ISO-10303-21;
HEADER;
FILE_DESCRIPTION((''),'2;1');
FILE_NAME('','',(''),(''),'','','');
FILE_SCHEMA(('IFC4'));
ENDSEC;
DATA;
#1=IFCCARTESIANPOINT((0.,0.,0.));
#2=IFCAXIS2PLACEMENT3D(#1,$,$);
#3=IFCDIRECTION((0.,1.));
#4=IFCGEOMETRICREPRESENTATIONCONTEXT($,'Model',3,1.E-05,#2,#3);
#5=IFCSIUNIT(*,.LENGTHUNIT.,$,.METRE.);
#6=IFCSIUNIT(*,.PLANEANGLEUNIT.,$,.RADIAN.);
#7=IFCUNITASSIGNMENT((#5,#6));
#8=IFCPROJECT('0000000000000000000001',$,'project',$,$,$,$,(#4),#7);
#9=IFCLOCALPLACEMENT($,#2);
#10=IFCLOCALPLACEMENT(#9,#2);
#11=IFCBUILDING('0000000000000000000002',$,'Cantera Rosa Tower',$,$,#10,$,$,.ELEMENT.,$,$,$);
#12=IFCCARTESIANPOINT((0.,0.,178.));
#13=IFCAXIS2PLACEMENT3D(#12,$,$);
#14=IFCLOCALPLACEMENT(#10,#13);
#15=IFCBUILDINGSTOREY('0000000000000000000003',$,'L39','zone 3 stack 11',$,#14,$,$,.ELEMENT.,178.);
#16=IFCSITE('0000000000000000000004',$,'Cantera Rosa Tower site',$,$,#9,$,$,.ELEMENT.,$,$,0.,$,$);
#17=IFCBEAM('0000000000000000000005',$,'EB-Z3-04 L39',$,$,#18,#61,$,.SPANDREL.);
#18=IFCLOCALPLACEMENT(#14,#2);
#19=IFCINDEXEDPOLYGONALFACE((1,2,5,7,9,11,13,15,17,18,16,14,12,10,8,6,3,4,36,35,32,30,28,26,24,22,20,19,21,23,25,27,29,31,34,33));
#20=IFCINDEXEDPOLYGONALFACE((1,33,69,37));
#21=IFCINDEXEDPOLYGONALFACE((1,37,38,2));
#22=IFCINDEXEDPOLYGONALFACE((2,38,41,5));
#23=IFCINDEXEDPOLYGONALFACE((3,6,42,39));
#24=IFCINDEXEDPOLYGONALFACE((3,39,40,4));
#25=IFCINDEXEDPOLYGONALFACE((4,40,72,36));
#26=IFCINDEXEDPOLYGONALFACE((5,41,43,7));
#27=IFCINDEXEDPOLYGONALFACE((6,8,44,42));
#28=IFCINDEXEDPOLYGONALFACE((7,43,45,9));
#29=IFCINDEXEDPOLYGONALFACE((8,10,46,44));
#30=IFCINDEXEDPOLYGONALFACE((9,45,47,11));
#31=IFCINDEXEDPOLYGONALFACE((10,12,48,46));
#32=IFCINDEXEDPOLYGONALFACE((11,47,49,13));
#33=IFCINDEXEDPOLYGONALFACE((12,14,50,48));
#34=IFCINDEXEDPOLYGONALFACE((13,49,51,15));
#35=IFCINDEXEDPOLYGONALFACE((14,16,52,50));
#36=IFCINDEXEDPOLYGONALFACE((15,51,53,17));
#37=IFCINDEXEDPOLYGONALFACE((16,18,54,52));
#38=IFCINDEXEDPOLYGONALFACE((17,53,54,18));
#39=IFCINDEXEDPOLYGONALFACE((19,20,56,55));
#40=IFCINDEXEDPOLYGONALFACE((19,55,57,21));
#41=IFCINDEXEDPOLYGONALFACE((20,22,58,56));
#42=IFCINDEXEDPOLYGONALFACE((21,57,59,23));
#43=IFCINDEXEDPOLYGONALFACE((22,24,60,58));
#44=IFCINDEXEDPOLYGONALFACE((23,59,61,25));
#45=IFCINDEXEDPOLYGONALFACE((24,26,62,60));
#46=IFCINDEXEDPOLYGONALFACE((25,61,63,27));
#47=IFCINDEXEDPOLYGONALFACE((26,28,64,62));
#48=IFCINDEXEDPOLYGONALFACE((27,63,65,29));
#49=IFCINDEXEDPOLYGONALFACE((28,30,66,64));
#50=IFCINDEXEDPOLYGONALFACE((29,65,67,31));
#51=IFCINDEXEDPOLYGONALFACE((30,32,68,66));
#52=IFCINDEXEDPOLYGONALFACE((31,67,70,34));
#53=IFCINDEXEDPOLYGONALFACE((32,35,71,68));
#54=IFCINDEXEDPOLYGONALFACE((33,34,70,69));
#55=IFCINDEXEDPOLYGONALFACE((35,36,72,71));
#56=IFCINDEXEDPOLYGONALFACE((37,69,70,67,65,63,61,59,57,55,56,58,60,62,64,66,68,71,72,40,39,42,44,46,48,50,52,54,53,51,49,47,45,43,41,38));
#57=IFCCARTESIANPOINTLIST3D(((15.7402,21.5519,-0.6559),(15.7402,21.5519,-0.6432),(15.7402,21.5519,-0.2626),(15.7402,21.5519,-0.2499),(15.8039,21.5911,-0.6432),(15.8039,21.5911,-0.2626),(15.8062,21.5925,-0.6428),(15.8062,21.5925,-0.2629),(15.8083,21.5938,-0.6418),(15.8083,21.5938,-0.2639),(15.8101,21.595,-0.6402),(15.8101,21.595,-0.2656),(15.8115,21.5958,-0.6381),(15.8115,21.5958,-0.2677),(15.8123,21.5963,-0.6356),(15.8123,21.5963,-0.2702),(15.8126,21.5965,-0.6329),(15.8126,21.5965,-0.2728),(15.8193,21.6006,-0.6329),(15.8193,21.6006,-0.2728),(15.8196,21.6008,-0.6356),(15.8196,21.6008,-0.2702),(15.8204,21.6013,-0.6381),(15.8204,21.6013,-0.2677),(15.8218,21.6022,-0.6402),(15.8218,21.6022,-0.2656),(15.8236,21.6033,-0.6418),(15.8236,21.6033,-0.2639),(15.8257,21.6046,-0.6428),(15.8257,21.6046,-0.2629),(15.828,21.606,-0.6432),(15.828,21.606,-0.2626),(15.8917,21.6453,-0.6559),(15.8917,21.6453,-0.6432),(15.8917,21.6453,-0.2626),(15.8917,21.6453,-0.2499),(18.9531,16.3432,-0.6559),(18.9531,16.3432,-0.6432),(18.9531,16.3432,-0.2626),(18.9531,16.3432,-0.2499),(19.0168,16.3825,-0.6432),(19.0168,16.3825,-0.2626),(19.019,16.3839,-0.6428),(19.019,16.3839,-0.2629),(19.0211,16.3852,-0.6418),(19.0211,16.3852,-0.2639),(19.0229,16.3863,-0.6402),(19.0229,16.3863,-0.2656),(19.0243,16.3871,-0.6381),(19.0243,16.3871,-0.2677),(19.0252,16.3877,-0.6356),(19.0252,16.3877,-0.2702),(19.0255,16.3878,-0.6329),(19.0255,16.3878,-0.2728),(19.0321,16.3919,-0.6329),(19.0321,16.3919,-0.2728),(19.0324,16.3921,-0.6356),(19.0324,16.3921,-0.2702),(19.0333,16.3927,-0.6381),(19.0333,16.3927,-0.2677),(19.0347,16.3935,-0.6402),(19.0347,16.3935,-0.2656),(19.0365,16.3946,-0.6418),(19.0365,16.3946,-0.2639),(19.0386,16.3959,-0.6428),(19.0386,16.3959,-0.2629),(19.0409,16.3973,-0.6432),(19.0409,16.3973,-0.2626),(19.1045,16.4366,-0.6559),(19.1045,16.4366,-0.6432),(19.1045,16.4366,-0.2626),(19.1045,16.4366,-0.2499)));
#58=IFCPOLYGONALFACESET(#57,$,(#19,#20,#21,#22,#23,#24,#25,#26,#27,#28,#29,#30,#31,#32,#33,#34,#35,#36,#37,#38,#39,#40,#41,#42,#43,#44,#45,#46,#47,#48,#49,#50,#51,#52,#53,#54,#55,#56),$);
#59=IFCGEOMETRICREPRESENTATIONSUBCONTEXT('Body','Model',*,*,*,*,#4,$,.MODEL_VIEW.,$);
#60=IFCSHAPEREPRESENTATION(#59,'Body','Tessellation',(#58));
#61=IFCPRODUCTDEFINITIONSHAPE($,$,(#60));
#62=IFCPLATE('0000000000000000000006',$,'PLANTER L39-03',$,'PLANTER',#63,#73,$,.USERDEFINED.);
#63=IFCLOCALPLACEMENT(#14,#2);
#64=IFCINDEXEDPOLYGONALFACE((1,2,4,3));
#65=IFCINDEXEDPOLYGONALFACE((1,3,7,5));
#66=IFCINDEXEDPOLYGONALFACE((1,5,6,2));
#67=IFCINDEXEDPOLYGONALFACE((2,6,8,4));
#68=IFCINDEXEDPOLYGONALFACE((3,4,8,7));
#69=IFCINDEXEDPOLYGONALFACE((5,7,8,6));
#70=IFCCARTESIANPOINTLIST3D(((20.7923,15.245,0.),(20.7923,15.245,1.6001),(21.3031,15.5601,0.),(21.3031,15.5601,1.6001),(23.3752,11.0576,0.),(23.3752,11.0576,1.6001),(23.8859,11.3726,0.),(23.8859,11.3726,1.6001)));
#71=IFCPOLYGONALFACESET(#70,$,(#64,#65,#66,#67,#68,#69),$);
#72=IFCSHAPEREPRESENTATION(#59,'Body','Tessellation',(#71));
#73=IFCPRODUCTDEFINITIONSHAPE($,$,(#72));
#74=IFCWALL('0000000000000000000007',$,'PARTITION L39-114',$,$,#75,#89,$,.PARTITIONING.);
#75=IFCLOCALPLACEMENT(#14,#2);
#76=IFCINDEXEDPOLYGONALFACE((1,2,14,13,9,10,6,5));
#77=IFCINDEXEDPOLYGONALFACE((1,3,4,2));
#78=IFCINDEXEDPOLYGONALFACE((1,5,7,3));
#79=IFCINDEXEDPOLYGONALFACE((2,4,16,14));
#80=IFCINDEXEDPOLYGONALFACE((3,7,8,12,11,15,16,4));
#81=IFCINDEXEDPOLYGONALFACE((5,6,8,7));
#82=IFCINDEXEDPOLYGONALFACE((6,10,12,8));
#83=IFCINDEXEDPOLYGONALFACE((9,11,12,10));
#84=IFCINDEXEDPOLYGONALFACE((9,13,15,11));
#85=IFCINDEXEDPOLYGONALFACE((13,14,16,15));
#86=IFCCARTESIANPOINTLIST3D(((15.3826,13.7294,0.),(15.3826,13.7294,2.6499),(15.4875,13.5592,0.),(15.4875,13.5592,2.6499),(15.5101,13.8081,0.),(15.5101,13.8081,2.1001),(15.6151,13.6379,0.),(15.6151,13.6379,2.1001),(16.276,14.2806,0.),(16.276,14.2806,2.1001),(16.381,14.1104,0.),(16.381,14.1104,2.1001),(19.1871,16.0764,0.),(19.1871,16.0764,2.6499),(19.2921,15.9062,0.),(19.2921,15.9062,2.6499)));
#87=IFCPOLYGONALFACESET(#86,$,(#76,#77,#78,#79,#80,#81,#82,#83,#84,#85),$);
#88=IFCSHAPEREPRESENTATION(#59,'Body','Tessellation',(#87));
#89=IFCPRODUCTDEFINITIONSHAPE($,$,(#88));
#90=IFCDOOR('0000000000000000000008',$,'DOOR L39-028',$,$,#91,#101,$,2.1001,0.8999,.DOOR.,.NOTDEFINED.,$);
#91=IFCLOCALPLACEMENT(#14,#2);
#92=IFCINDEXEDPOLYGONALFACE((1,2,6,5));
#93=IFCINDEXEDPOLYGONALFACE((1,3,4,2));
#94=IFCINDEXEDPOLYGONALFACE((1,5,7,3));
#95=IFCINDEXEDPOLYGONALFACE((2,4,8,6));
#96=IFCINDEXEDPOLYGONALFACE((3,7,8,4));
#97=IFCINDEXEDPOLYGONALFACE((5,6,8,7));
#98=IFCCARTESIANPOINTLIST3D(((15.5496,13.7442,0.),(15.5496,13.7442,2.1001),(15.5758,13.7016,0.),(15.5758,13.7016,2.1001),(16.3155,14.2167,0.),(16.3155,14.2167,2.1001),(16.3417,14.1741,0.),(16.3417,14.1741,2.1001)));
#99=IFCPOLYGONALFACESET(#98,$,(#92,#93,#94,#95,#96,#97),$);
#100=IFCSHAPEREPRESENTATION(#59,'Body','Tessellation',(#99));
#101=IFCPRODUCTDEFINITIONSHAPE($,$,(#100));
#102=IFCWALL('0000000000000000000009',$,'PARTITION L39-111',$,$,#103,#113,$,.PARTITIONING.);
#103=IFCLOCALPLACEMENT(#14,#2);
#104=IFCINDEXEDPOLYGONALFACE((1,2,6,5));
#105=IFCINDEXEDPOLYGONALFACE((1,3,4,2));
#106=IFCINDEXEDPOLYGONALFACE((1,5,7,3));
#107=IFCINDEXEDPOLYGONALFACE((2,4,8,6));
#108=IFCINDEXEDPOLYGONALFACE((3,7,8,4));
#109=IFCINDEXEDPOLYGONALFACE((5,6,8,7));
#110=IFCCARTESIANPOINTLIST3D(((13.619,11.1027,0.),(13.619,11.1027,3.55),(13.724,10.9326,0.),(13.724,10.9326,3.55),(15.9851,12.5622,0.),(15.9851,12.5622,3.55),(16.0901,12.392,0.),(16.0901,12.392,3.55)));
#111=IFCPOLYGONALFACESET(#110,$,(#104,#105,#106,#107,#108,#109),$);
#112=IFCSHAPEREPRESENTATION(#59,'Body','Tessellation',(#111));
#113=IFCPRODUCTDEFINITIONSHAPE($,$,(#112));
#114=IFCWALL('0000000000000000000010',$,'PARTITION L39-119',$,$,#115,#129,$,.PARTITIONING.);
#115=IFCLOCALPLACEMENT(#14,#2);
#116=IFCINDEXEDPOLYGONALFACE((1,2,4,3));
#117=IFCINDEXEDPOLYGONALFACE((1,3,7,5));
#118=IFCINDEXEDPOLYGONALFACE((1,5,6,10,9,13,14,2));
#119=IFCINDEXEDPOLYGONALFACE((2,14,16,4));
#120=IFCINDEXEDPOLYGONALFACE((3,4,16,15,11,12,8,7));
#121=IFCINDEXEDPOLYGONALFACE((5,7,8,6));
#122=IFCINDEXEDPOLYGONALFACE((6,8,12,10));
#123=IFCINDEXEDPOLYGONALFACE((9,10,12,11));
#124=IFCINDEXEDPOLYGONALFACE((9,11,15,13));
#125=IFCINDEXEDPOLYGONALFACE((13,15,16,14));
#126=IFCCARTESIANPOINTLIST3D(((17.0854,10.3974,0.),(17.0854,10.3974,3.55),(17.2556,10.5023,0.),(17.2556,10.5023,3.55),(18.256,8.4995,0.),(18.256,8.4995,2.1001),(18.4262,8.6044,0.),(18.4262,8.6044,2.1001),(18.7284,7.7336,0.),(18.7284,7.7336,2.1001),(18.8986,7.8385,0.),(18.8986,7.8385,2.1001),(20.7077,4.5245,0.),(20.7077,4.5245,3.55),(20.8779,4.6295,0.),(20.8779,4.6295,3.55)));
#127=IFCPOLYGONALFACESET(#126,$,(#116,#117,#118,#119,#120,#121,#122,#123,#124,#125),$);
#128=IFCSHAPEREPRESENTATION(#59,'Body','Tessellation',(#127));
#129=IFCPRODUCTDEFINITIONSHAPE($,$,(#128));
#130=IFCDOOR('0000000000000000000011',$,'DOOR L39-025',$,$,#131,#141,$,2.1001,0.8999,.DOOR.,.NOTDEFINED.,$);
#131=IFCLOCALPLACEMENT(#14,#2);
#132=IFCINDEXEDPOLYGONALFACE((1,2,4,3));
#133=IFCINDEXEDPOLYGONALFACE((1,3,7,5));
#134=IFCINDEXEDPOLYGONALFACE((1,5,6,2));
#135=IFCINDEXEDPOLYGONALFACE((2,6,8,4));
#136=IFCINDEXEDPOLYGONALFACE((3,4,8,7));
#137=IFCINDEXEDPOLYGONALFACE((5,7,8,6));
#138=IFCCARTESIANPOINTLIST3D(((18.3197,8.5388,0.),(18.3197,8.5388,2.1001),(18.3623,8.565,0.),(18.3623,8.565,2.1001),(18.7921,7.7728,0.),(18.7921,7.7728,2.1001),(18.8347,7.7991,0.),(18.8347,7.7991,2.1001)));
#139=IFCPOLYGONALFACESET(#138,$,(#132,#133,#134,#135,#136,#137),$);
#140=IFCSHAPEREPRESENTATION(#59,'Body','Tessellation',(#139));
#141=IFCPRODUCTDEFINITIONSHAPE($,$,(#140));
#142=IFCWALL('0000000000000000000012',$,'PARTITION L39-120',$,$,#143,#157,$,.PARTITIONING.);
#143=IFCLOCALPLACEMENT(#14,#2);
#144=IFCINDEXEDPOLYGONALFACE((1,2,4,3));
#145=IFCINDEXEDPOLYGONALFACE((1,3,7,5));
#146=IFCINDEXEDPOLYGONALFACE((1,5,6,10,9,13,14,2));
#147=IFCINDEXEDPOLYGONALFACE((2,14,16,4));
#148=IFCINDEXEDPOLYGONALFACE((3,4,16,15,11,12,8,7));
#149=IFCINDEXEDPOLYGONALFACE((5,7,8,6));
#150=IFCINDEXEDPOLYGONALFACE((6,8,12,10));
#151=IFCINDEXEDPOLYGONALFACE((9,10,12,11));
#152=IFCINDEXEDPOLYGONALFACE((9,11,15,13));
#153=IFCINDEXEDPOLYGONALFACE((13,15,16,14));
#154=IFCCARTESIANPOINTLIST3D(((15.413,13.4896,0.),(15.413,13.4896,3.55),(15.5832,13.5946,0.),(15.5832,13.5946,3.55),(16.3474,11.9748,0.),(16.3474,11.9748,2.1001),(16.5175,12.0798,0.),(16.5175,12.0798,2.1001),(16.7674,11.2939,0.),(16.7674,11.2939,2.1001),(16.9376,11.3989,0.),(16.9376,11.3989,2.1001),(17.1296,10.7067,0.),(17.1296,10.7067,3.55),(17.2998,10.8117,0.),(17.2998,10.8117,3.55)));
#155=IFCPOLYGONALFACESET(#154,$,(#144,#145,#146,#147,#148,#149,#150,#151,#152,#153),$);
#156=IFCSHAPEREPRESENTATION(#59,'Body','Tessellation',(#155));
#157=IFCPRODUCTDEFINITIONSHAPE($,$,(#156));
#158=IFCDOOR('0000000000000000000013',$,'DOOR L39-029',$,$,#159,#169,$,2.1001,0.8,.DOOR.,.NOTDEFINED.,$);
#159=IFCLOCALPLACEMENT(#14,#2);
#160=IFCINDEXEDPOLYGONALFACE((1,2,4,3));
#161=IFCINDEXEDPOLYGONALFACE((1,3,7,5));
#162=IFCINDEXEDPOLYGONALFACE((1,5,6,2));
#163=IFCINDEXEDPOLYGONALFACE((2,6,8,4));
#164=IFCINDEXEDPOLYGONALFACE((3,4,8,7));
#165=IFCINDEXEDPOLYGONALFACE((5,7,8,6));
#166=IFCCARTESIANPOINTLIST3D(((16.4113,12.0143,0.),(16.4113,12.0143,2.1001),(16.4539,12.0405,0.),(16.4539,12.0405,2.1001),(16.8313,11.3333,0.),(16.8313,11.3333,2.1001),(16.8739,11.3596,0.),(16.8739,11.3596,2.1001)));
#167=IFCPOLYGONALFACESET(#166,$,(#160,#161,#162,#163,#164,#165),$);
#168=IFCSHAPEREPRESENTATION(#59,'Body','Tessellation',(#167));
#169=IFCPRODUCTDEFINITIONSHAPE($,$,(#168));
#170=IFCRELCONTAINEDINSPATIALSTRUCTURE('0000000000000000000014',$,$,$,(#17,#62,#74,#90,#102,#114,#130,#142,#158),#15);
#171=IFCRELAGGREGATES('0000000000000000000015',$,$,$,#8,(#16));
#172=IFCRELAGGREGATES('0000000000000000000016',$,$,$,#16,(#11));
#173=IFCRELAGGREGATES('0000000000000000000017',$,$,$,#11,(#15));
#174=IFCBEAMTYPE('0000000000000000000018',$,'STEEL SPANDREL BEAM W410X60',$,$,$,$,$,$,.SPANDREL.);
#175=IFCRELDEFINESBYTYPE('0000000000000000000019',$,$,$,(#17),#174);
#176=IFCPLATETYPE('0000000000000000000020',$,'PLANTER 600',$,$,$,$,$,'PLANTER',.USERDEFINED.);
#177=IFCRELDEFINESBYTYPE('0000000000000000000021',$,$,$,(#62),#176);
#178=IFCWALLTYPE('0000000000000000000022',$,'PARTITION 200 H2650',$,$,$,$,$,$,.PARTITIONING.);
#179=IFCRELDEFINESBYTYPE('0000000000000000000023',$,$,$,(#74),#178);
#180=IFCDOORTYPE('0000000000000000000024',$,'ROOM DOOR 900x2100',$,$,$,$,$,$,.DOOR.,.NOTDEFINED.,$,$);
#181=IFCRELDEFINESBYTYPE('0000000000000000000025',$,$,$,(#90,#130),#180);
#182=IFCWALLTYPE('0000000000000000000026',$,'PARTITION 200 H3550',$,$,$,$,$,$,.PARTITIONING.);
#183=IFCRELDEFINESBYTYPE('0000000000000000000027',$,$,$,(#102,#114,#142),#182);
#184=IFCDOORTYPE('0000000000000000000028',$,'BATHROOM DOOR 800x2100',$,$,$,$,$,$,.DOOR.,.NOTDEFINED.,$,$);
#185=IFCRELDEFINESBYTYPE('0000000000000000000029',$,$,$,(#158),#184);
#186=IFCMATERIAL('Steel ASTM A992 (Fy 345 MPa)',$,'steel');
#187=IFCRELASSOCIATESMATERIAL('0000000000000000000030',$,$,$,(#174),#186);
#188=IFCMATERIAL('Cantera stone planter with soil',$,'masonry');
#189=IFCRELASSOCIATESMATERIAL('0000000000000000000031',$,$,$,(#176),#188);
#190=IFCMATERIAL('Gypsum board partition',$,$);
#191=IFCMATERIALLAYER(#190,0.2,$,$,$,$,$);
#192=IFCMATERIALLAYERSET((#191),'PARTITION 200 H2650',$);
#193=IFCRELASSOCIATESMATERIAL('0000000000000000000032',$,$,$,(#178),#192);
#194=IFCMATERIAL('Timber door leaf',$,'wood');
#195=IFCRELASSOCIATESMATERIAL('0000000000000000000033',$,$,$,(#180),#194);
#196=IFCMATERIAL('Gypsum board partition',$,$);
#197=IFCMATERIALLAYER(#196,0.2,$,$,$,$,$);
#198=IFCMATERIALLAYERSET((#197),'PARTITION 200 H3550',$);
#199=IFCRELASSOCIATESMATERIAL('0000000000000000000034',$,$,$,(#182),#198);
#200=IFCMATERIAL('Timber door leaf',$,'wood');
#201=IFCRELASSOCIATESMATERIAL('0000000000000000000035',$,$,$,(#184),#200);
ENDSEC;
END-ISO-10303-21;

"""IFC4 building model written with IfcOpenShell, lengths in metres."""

from ifc_helpers import new_model, si_unit, direction, frame, frame_2d, origin, origin_2d, place, context, subcontext, project, spatial, rectangle, i_section, extrude, material, layer, layer_set, material_profile, profile_set, type_object, element, fill, save


model = new_model("IFC4")

# Units and contexts
model_context = context("Model", 3, precision=1e-05, world=origin(), true_north=direction((0.0, 1.0)))
body_context = subcontext(model_context, "Body", "Model", "MODEL_VIEW")
ifc_project = project(units=[si_unit("LENGTHUNIT", "METRE"), si_unit("PLANEANGLEUNIT", "RADIAN")], contexts=[model_context])

# Site, building, storey
site_placement = place(None, origin())
site = spatial("IfcSite", under=ifc_project, at=site_placement, Name="Cantera Rosa Tower site", CompositionType="ELEMENT", RefElevation=0.0)
building_placement = place(site_placement, origin())
building = spatial("IfcBuilding", under=site, at=building_placement, Name="Cantera Rosa Tower", CompositionType="ELEMENT")
storey_placement = place(building_placement, frame((0.0, 0.0, 178.0)))
storey = spatial("IfcBuildingStorey", under=building, at=storey_placement, Name="L39", Description="zone 3 stack 11", CompositionType="ELEMENT", Elevation=178.0)

# Beam
ifc_material_1 = material(Name="Steel ASTM A992 (Fy 345 MPa)", Category="steel")
ifc_material_profile_1 = material_profile(ifc_material_1, i_section(OverallWidth=0.178, OverallDepth=0.406, WebThickness=0.0078, FlangeThickness=0.0127, FilletRadius=0.0103, at=origin_2d()), Name="W410X60")
ifc_profile_set_1 = profile_set([ifc_material_profile_1], Name="Steel ASTM A992 (Fy 345 MPa)")
beam_type_1 = type_object("IfcBeamType", Name="STEEL SPANDREL BEAM W410X60", PredefinedType="SPANDREL", material=ifc_profile_set_1)
for number, where, z_axis, x_axis, name in (
    (1, (19.0288, 16.3899, -0.4529), (-0.524987, 0.85111, 0.0), (-0.85111, -0.524987, 0.0), "EB-Z3-04 L39"),
):
    element("IfcBeam", number, at=place(storey_placement, frame(where, z_axis=z_axis, x_axis=x_axis)), inside=storey, type_object=beam_type_1, Name=name, PredefinedType="SPANDREL", context=body_context, shape_type="SweptSolid", body=[
        extrude(i_section(OverallWidth=0.178, OverallDepth=0.406, WebThickness=0.0078, FlangeThickness=0.0127, FilletRadius=0.0103, at=origin_2d()), origin(), (0.0, 0.0, 1.0), 6.1199),
    ])

# Plate
ifc_material_2 = material(Name="Cantera stone planter with soil", Category="masonry")
plate_type = type_object("IfcPlateType", Name="PLANTER 600", ElementType="PLANTER", PredefinedType="USERDEFINED", material=ifc_material_2)
plate_placement = place(storey_placement, frame((22.3391, 13.3088, 0.0), z_axis=(0.0, 0.0, 1.0), x_axis=(-0.524977, 0.851117, 0.0)))
element("IfcPlate", 2, at=plate_placement, inside=storey, type_object=plate_type, Name="PLANTER L39-03", ObjectType="PLANTER", PredefinedType="USERDEFINED", context=body_context, shape_type="SweptSolid", body=[
    extrude(rectangle(XDim=4.9199, YDim=0.6001, at=origin_2d()), origin(), (0.0, 0.0, 1.0), 1.6001),
])

# Wall, opening, door
ifc_material_3 = material(Name="Gypsum board partition")
ifc_layer_1 = layer(ifc_material_3, 0.2)
ifc_layer_set_1 = layer_set([ifc_layer_1], Name="PARTITION 200 H2650")
wall_type_1 = type_object("IfcWallType", Name="PARTITION 200 H2650", PredefinedType="PARTITIONING", material=ifc_layer_set_1)
wall_1_placement = place(storey_placement, frame((15.4351, 13.6443, 0.0), z_axis=(0.0, 0.0, 1.0), x_axis=(0.851086, 0.525027, 0.0)))
wall_1 = element("IfcWall", 3, at=wall_1_placement, inside=storey, type_object=wall_type_1, Name="PARTITION L39-114", PredefinedType="PARTITIONING", context=body_context, shape_type="SweptSolid", body=[
    extrude(rectangle(XDim=4.4702, YDim=0.2, at=frame_2d((2.2351, 0.0))), origin(), (0.0, 0.0, 1.0), 2.6499),
])
opening_1_placement = place(wall_1_placement, frame((0.1499, 0.0, 0.0)))
opening_1 = element("IfcOpeningElement", 4, at=opening_1_placement, cuts=wall_1, PredefinedType="OPENING", context=body_context, shape_type="SweptSolid", body=[
    extrude(rectangle(XDim=0.8999, YDim=2.1001, at=frame_2d((0.45, 1.05))), frame((0.0, 0.1099, 0.0), z_axis=(0.0, -1.0, 0.0), x_axis=(1.0, 0.0, 0.0)), (0.0, 0.0, 1.0), 0.22),
])
ifc_material_4 = material(Name="Timber door leaf", Category="wood")
door_type_1 = type_object("IfcDoorType", Name="ROOM DOOR 900x2100", OperationType="NOTDEFINED", PredefinedType="DOOR", material=ifc_material_4)
door_1_placement = place(opening_1_placement, origin())
door_1 = element("IfcDoor", 5, at=door_1_placement, inside=storey, type_object=door_type_1, Name="DOOR L39-028", OperationType="NOTDEFINED", OverallHeight=2.1001, OverallWidth=0.8999, PredefinedType="DOOR", context=body_context, shape_type="SweptSolid", body=[
    extrude(rectangle(XDim=0.8999, YDim=2.1001, at=frame_2d((0.45, 1.05))), frame((0.0, 0.0249, 0.0), z_axis=(0.0, -1.0, 0.0), x_axis=(1.0, 0.0, 0.0)), (0.0, 0.0, 1.0), 0.05),
])
fill(opening_1, door_1)

# Wall
ifc_material_5 = material(Name="Gypsum board partition")
ifc_layer_2 = layer(ifc_material_5, 0.2)
ifc_layer_set_2 = layer_set([ifc_layer_2], Name="PARTITION 200 H3550")
wall_type_2 = type_object("IfcWallType", Name="PARTITION 200 H3550", PredefinedType="PARTITIONING", material=ifc_layer_set_2)
wall_2_placement = place(storey_placement, frame((13.6714, 11.0176, 0.0), z_axis=(0.0, 0.0, 1.0), x_axis=(0.851121, 0.524969, 0.0)))
element("IfcWall", 6, at=wall_2_placement, inside=storey, type_object=wall_type_2, Name="PARTITION L39-111", PredefinedType="PARTITIONING", context=body_context, shape_type="SweptSolid", body=[
    extrude(rectangle(XDim=2.78, YDim=0.2, at=frame_2d((1.3901, 0.0))), origin(), (0.0, 0.0, 1.0), 3.55),
])

# Walls, openings, doors
wall_3_placement = place(storey_placement, frame((17.1704, 10.45, 0.0), z_axis=(0.0, 0.0, 1.0), x_axis=(0.524968, -0.851122, 0.0)))
wall_3 = element("IfcWall", 7, at=wall_3_placement, inside=storey, type_object=wall_type_2, Name="PARTITION L39-119", PredefinedType="PARTITIONING", context=body_context, shape_type="SweptSolid", body=[
    extrude(rectangle(XDim=6.9001, YDim=0.2, at=frame_2d((3.4502, 0.0))), origin(), (0.0, 0.0, 1.0), 3.55),
])
opening_2_placement = place(wall_3_placement, frame((2.23, 0.0, 0.0)))
opening_2 = element("IfcOpeningElement", 8, at=opening_2_placement, cuts=wall_3, PredefinedType="OPENING", context=body_context, shape_type="SweptSolid", body=[
    extrude(rectangle(XDim=0.8999, YDim=2.1001, at=frame_2d((0.45, 1.05))), frame((0.0, 0.1099, 0.0), z_axis=(0.0, -1.0, 0.0), x_axis=(1.0, 0.0, 0.0)), (0.0, 0.0, 1.0), 0.22),
])
door_2_placement = place(opening_2_placement, origin())
door_2 = element("IfcDoor", 9, at=door_2_placement, inside=storey, type_object=door_type_1, Name="DOOR L39-025", OperationType="NOTDEFINED", OverallHeight=2.1001, OverallWidth=0.8999, PredefinedType="DOOR", context=body_context, shape_type="SweptSolid", body=[
    extrude(rectangle(XDim=0.8999, YDim=2.1001, at=frame_2d((0.45, 1.05))), frame((0.0, 0.0249, 0.0), z_axis=(0.0, -1.0, 0.0), x_axis=(1.0, 0.0, 0.0)), (0.0, 0.0, 1.0), 0.05),
])
fill(opening_2, door_2)
wall_4_placement = place(storey_placement, frame((17.2146, 10.7593, 0.0), z_axis=(0.0, 0.0, 1.0), x_axis=(-0.524976, 0.851117, 0.0)))
wall_4 = element("IfcWall", 10, at=wall_4_placement, inside=storey, type_object=wall_type_2, Name="PARTITION L39-120", PredefinedType="PARTITIONING", context=body_context, shape_type="SweptSolid", body=[
    extrude(rectangle(XDim=3.2698, YDim=0.2, at=frame_2d((1.6348, 0.0))), origin(), (0.0, 0.0, 1.0), 3.55),
])
opening_3_placement = place(wall_4_placement, frame((0.6899, 0.0, 0.0)))
opening_3 = element("IfcOpeningElement", 11, at=opening_3_placement, cuts=wall_4, PredefinedType="OPENING", context=body_context, shape_type="SweptSolid", body=[
    extrude(rectangle(XDim=0.8, YDim=2.1001, at=frame_2d((0.3999, 1.05))), frame((0.0, 0.1099, 0.0), z_axis=(0.0, -1.0, 0.0), x_axis=(1.0, 0.0, 0.0)), (0.0, 0.0, 1.0), 0.22),
])
ifc_material_6 = material(Name="Timber door leaf", Category="wood")
door_type_2 = type_object("IfcDoorType", Name="BATHROOM DOOR 800x2100", OperationType="NOTDEFINED", PredefinedType="DOOR", material=ifc_material_6)
door_3_placement = place(opening_3_placement, origin())
door_3 = element("IfcDoor", 12, at=door_3_placement, inside=storey, type_object=door_type_2, Name="DOOR L39-029", OperationType="NOTDEFINED", OverallHeight=2.1001, OverallWidth=0.8, PredefinedType="DOOR", context=body_context, shape_type="SweptSolid", body=[
    extrude(rectangle(XDim=0.8, YDim=2.1001, at=frame_2d((0.3999, 1.05))), frame((0.0, 0.0249, 0.0), z_axis=(0.0, -1.0, 0.0), x_axis=(1.0, 0.0, 0.0)), (0.0, 0.0, 1.0), 0.05),
])
fill(opening_3, door_3)

save(model, "model.ifc")
